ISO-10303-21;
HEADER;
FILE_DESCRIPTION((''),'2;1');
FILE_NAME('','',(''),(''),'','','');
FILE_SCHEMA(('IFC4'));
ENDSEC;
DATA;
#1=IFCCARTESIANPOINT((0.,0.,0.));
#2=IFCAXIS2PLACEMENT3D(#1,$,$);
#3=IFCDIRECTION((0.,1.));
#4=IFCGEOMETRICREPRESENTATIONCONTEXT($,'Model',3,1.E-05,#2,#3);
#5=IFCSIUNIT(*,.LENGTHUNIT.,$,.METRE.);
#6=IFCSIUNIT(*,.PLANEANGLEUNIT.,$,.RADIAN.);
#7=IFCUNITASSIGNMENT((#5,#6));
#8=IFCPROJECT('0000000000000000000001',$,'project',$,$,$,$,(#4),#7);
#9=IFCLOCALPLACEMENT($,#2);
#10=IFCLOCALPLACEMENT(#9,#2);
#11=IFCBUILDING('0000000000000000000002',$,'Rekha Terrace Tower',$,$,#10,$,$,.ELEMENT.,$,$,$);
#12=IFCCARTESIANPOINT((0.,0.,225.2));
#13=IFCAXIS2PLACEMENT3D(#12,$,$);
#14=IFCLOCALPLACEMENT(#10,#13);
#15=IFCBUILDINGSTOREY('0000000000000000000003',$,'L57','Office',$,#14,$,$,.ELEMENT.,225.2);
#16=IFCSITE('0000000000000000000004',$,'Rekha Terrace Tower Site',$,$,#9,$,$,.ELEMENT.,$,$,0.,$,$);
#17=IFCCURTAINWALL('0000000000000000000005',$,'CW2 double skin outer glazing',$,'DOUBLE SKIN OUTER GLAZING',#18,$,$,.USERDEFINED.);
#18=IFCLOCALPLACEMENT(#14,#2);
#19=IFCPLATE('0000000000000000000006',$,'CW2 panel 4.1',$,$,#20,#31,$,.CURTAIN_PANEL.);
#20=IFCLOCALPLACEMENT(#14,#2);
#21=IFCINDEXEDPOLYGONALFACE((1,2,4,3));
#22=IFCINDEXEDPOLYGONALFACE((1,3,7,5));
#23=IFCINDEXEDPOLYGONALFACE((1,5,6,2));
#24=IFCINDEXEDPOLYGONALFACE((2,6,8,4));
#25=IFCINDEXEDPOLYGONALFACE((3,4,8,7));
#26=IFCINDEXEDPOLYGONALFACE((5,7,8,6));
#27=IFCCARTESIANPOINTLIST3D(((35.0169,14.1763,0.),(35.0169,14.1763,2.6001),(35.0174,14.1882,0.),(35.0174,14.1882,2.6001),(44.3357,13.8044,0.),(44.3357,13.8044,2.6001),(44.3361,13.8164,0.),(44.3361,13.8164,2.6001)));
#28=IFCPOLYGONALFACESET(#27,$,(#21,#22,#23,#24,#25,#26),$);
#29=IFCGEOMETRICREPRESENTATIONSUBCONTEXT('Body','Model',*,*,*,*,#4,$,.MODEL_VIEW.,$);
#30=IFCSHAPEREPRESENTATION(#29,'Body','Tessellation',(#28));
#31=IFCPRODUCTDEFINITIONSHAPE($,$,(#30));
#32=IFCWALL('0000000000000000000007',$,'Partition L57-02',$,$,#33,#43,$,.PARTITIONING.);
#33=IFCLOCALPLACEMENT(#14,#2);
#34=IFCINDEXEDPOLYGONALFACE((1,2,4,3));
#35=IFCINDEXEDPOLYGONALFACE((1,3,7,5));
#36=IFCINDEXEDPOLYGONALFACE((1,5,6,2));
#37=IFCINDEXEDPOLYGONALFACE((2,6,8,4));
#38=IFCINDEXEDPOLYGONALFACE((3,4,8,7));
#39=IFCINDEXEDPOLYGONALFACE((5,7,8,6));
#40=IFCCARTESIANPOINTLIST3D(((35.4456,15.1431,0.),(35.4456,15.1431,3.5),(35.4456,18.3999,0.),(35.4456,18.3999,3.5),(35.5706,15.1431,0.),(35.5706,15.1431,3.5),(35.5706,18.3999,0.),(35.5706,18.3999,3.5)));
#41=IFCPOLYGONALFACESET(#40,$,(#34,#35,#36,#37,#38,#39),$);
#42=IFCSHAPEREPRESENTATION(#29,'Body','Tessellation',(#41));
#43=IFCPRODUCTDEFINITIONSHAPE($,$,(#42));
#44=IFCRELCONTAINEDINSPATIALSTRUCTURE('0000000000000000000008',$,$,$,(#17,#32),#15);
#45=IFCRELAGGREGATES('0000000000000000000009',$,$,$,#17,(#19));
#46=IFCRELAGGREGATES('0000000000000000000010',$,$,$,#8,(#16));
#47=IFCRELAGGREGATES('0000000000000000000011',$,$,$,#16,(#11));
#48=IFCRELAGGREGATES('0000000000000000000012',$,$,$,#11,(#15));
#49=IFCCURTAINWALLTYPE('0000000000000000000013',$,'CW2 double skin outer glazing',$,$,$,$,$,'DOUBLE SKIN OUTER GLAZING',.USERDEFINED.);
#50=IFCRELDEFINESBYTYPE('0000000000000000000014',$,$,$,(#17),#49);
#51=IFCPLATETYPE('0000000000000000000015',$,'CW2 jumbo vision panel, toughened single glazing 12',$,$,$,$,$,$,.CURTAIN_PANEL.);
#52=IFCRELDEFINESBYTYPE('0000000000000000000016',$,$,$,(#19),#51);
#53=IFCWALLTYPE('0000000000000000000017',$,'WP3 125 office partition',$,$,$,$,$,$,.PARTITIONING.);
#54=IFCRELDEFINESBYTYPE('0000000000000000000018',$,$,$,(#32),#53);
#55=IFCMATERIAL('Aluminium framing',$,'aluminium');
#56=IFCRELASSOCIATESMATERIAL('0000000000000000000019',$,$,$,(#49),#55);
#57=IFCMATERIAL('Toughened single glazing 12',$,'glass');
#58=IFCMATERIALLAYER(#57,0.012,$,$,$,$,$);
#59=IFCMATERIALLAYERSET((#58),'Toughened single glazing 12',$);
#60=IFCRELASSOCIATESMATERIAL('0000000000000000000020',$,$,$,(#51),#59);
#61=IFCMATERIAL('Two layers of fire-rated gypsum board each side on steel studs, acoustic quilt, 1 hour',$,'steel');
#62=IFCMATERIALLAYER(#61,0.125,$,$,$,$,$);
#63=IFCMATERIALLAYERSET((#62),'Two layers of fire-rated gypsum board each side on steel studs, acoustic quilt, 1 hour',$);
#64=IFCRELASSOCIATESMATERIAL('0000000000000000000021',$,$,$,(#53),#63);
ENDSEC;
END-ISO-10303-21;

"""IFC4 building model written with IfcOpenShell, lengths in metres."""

from ifc_helpers import new_model, si_unit, direction, frame, frame_2d, origin, origin_2d, place, context, subcontext, project, spatial, rectangle, extrude, material, layer, layer_set, type_object, element, aggregate, save


model = new_model("IFC4")

# Units and contexts
model_context = context("Model", 3, precision=1e-05, world=origin(), true_north=direction((0.0, 1.0)))
body_context = subcontext(model_context, "Body", "Model", "MODEL_VIEW")
ifc_project = project(units=[si_unit("LENGTHUNIT", "METRE"), si_unit("PLANEANGLEUNIT", "RADIAN")], contexts=[model_context])

# Site, building, storey
site_placement = place(None, origin())
site = spatial("IfcSite", under=ifc_project, at=site_placement, Name="Rekha Terrace Tower Site", CompositionType="ELEMENT", RefElevation=0.0)
building_placement = place(site_placement, origin())
building = spatial("IfcBuilding", under=site, at=building_placement, Name="Rekha Terrace Tower", CompositionType="ELEMENT")
storey_placement = place(building_placement, frame((0.0, 0.0, 225.2)))
storey = spatial("IfcBuildingStorey", under=building, at=storey_placement, Name="L57", Description="Office", CompositionType="ELEMENT", Elevation=225.2)

# Curtain wall
ifc_material_1 = material(Name="Aluminium framing", Category="aluminium")
curtain_wall_type_1 = type_object("IfcCurtainWallType", Name="CW2 double skin outer glazing", ElementType="DOUBLE SKIN OUTER GLAZING", PredefinedType="USERDEFINED", material=ifc_material_1)
curtain_wall_1_placement = place(storey_placement, origin())
curtain_wall_1 = element("IfcCurtainWall", 1, at=curtain_wall_1_placement, inside=storey, type_object=curtain_wall_type_1, Name="CW2 double skin outer glazing", ObjectType="DOUBLE SKIN OUTER GLAZING", PredefinedType="USERDEFINED")

# Plate
ifc_material_2 = material(Name="Toughened single glazing 12", Category="glass")
ifc_layer_1 = layer(ifc_material_2, 0.012)
ifc_layer_set_1 = layer_set([ifc_layer_1], Name="Toughened single glazing 12")
plate_type_1 = type_object("IfcPlateType", Name="CW2 jumbo vision panel, toughened single glazing 12", PredefinedType="CURTAIN_PANEL", material=ifc_layer_set_1)
plate_1_placement = place(storey_placement, frame((39.6765, 13.9963, 0.0), z_axis=(0.0, 0.0, 1.0), x_axis=(0.999205, -0.039872, 0.0)))
plate_1 = element("IfcPlate", 2, at=plate_1_placement, type_object=plate_type_1, Name="CW2 panel 4.1", PredefinedType="CURTAIN_PANEL", context=body_context, shape_type="SweptSolid", body=[
    extrude(rectangle(XDim=9.3262, YDim=0.012, at=origin_2d()), origin(), (0.0, 0.0, 1.0), 2.6001),
])
aggregate(curtain_wall_1, [plate_1])

# Wall
ifc_material_3 = material(Name="Two layers of fire-rated gypsum board each side on steel studs, acoustic quilt, 1 hour", Category="steel")
ifc_layer_2 = layer(ifc_material_3, 0.125)
ifc_layer_set_2 = layer_set([ifc_layer_2], Name="Two layers of fire-rated gypsum board each side on steel studs, acoustic quilt, 1 hour")
wall_type = type_object("IfcWallType", Name="WP3 125 office partition", PredefinedType="PARTITIONING", material=ifc_layer_set_2)
wall_placement = place(storey_placement, frame((35.5081, 15.1431, 0.0), z_axis=(0.0, 0.0, 1.0), x_axis=(0.0, 1.0, 0.0)))
element("IfcWall", 3, at=wall_placement, inside=storey, type_object=wall_type, Name="Partition L57-02", PredefinedType="PARTITIONING", context=body_context, shape_type="SweptSolid", body=[
    extrude(rectangle(XDim=3.2568, YDim=0.125, at=frame_2d((1.6284, 0.0))), origin(), (0.0, 0.0, 1.0), 3.5),
])

save(model, "model.ifc")
